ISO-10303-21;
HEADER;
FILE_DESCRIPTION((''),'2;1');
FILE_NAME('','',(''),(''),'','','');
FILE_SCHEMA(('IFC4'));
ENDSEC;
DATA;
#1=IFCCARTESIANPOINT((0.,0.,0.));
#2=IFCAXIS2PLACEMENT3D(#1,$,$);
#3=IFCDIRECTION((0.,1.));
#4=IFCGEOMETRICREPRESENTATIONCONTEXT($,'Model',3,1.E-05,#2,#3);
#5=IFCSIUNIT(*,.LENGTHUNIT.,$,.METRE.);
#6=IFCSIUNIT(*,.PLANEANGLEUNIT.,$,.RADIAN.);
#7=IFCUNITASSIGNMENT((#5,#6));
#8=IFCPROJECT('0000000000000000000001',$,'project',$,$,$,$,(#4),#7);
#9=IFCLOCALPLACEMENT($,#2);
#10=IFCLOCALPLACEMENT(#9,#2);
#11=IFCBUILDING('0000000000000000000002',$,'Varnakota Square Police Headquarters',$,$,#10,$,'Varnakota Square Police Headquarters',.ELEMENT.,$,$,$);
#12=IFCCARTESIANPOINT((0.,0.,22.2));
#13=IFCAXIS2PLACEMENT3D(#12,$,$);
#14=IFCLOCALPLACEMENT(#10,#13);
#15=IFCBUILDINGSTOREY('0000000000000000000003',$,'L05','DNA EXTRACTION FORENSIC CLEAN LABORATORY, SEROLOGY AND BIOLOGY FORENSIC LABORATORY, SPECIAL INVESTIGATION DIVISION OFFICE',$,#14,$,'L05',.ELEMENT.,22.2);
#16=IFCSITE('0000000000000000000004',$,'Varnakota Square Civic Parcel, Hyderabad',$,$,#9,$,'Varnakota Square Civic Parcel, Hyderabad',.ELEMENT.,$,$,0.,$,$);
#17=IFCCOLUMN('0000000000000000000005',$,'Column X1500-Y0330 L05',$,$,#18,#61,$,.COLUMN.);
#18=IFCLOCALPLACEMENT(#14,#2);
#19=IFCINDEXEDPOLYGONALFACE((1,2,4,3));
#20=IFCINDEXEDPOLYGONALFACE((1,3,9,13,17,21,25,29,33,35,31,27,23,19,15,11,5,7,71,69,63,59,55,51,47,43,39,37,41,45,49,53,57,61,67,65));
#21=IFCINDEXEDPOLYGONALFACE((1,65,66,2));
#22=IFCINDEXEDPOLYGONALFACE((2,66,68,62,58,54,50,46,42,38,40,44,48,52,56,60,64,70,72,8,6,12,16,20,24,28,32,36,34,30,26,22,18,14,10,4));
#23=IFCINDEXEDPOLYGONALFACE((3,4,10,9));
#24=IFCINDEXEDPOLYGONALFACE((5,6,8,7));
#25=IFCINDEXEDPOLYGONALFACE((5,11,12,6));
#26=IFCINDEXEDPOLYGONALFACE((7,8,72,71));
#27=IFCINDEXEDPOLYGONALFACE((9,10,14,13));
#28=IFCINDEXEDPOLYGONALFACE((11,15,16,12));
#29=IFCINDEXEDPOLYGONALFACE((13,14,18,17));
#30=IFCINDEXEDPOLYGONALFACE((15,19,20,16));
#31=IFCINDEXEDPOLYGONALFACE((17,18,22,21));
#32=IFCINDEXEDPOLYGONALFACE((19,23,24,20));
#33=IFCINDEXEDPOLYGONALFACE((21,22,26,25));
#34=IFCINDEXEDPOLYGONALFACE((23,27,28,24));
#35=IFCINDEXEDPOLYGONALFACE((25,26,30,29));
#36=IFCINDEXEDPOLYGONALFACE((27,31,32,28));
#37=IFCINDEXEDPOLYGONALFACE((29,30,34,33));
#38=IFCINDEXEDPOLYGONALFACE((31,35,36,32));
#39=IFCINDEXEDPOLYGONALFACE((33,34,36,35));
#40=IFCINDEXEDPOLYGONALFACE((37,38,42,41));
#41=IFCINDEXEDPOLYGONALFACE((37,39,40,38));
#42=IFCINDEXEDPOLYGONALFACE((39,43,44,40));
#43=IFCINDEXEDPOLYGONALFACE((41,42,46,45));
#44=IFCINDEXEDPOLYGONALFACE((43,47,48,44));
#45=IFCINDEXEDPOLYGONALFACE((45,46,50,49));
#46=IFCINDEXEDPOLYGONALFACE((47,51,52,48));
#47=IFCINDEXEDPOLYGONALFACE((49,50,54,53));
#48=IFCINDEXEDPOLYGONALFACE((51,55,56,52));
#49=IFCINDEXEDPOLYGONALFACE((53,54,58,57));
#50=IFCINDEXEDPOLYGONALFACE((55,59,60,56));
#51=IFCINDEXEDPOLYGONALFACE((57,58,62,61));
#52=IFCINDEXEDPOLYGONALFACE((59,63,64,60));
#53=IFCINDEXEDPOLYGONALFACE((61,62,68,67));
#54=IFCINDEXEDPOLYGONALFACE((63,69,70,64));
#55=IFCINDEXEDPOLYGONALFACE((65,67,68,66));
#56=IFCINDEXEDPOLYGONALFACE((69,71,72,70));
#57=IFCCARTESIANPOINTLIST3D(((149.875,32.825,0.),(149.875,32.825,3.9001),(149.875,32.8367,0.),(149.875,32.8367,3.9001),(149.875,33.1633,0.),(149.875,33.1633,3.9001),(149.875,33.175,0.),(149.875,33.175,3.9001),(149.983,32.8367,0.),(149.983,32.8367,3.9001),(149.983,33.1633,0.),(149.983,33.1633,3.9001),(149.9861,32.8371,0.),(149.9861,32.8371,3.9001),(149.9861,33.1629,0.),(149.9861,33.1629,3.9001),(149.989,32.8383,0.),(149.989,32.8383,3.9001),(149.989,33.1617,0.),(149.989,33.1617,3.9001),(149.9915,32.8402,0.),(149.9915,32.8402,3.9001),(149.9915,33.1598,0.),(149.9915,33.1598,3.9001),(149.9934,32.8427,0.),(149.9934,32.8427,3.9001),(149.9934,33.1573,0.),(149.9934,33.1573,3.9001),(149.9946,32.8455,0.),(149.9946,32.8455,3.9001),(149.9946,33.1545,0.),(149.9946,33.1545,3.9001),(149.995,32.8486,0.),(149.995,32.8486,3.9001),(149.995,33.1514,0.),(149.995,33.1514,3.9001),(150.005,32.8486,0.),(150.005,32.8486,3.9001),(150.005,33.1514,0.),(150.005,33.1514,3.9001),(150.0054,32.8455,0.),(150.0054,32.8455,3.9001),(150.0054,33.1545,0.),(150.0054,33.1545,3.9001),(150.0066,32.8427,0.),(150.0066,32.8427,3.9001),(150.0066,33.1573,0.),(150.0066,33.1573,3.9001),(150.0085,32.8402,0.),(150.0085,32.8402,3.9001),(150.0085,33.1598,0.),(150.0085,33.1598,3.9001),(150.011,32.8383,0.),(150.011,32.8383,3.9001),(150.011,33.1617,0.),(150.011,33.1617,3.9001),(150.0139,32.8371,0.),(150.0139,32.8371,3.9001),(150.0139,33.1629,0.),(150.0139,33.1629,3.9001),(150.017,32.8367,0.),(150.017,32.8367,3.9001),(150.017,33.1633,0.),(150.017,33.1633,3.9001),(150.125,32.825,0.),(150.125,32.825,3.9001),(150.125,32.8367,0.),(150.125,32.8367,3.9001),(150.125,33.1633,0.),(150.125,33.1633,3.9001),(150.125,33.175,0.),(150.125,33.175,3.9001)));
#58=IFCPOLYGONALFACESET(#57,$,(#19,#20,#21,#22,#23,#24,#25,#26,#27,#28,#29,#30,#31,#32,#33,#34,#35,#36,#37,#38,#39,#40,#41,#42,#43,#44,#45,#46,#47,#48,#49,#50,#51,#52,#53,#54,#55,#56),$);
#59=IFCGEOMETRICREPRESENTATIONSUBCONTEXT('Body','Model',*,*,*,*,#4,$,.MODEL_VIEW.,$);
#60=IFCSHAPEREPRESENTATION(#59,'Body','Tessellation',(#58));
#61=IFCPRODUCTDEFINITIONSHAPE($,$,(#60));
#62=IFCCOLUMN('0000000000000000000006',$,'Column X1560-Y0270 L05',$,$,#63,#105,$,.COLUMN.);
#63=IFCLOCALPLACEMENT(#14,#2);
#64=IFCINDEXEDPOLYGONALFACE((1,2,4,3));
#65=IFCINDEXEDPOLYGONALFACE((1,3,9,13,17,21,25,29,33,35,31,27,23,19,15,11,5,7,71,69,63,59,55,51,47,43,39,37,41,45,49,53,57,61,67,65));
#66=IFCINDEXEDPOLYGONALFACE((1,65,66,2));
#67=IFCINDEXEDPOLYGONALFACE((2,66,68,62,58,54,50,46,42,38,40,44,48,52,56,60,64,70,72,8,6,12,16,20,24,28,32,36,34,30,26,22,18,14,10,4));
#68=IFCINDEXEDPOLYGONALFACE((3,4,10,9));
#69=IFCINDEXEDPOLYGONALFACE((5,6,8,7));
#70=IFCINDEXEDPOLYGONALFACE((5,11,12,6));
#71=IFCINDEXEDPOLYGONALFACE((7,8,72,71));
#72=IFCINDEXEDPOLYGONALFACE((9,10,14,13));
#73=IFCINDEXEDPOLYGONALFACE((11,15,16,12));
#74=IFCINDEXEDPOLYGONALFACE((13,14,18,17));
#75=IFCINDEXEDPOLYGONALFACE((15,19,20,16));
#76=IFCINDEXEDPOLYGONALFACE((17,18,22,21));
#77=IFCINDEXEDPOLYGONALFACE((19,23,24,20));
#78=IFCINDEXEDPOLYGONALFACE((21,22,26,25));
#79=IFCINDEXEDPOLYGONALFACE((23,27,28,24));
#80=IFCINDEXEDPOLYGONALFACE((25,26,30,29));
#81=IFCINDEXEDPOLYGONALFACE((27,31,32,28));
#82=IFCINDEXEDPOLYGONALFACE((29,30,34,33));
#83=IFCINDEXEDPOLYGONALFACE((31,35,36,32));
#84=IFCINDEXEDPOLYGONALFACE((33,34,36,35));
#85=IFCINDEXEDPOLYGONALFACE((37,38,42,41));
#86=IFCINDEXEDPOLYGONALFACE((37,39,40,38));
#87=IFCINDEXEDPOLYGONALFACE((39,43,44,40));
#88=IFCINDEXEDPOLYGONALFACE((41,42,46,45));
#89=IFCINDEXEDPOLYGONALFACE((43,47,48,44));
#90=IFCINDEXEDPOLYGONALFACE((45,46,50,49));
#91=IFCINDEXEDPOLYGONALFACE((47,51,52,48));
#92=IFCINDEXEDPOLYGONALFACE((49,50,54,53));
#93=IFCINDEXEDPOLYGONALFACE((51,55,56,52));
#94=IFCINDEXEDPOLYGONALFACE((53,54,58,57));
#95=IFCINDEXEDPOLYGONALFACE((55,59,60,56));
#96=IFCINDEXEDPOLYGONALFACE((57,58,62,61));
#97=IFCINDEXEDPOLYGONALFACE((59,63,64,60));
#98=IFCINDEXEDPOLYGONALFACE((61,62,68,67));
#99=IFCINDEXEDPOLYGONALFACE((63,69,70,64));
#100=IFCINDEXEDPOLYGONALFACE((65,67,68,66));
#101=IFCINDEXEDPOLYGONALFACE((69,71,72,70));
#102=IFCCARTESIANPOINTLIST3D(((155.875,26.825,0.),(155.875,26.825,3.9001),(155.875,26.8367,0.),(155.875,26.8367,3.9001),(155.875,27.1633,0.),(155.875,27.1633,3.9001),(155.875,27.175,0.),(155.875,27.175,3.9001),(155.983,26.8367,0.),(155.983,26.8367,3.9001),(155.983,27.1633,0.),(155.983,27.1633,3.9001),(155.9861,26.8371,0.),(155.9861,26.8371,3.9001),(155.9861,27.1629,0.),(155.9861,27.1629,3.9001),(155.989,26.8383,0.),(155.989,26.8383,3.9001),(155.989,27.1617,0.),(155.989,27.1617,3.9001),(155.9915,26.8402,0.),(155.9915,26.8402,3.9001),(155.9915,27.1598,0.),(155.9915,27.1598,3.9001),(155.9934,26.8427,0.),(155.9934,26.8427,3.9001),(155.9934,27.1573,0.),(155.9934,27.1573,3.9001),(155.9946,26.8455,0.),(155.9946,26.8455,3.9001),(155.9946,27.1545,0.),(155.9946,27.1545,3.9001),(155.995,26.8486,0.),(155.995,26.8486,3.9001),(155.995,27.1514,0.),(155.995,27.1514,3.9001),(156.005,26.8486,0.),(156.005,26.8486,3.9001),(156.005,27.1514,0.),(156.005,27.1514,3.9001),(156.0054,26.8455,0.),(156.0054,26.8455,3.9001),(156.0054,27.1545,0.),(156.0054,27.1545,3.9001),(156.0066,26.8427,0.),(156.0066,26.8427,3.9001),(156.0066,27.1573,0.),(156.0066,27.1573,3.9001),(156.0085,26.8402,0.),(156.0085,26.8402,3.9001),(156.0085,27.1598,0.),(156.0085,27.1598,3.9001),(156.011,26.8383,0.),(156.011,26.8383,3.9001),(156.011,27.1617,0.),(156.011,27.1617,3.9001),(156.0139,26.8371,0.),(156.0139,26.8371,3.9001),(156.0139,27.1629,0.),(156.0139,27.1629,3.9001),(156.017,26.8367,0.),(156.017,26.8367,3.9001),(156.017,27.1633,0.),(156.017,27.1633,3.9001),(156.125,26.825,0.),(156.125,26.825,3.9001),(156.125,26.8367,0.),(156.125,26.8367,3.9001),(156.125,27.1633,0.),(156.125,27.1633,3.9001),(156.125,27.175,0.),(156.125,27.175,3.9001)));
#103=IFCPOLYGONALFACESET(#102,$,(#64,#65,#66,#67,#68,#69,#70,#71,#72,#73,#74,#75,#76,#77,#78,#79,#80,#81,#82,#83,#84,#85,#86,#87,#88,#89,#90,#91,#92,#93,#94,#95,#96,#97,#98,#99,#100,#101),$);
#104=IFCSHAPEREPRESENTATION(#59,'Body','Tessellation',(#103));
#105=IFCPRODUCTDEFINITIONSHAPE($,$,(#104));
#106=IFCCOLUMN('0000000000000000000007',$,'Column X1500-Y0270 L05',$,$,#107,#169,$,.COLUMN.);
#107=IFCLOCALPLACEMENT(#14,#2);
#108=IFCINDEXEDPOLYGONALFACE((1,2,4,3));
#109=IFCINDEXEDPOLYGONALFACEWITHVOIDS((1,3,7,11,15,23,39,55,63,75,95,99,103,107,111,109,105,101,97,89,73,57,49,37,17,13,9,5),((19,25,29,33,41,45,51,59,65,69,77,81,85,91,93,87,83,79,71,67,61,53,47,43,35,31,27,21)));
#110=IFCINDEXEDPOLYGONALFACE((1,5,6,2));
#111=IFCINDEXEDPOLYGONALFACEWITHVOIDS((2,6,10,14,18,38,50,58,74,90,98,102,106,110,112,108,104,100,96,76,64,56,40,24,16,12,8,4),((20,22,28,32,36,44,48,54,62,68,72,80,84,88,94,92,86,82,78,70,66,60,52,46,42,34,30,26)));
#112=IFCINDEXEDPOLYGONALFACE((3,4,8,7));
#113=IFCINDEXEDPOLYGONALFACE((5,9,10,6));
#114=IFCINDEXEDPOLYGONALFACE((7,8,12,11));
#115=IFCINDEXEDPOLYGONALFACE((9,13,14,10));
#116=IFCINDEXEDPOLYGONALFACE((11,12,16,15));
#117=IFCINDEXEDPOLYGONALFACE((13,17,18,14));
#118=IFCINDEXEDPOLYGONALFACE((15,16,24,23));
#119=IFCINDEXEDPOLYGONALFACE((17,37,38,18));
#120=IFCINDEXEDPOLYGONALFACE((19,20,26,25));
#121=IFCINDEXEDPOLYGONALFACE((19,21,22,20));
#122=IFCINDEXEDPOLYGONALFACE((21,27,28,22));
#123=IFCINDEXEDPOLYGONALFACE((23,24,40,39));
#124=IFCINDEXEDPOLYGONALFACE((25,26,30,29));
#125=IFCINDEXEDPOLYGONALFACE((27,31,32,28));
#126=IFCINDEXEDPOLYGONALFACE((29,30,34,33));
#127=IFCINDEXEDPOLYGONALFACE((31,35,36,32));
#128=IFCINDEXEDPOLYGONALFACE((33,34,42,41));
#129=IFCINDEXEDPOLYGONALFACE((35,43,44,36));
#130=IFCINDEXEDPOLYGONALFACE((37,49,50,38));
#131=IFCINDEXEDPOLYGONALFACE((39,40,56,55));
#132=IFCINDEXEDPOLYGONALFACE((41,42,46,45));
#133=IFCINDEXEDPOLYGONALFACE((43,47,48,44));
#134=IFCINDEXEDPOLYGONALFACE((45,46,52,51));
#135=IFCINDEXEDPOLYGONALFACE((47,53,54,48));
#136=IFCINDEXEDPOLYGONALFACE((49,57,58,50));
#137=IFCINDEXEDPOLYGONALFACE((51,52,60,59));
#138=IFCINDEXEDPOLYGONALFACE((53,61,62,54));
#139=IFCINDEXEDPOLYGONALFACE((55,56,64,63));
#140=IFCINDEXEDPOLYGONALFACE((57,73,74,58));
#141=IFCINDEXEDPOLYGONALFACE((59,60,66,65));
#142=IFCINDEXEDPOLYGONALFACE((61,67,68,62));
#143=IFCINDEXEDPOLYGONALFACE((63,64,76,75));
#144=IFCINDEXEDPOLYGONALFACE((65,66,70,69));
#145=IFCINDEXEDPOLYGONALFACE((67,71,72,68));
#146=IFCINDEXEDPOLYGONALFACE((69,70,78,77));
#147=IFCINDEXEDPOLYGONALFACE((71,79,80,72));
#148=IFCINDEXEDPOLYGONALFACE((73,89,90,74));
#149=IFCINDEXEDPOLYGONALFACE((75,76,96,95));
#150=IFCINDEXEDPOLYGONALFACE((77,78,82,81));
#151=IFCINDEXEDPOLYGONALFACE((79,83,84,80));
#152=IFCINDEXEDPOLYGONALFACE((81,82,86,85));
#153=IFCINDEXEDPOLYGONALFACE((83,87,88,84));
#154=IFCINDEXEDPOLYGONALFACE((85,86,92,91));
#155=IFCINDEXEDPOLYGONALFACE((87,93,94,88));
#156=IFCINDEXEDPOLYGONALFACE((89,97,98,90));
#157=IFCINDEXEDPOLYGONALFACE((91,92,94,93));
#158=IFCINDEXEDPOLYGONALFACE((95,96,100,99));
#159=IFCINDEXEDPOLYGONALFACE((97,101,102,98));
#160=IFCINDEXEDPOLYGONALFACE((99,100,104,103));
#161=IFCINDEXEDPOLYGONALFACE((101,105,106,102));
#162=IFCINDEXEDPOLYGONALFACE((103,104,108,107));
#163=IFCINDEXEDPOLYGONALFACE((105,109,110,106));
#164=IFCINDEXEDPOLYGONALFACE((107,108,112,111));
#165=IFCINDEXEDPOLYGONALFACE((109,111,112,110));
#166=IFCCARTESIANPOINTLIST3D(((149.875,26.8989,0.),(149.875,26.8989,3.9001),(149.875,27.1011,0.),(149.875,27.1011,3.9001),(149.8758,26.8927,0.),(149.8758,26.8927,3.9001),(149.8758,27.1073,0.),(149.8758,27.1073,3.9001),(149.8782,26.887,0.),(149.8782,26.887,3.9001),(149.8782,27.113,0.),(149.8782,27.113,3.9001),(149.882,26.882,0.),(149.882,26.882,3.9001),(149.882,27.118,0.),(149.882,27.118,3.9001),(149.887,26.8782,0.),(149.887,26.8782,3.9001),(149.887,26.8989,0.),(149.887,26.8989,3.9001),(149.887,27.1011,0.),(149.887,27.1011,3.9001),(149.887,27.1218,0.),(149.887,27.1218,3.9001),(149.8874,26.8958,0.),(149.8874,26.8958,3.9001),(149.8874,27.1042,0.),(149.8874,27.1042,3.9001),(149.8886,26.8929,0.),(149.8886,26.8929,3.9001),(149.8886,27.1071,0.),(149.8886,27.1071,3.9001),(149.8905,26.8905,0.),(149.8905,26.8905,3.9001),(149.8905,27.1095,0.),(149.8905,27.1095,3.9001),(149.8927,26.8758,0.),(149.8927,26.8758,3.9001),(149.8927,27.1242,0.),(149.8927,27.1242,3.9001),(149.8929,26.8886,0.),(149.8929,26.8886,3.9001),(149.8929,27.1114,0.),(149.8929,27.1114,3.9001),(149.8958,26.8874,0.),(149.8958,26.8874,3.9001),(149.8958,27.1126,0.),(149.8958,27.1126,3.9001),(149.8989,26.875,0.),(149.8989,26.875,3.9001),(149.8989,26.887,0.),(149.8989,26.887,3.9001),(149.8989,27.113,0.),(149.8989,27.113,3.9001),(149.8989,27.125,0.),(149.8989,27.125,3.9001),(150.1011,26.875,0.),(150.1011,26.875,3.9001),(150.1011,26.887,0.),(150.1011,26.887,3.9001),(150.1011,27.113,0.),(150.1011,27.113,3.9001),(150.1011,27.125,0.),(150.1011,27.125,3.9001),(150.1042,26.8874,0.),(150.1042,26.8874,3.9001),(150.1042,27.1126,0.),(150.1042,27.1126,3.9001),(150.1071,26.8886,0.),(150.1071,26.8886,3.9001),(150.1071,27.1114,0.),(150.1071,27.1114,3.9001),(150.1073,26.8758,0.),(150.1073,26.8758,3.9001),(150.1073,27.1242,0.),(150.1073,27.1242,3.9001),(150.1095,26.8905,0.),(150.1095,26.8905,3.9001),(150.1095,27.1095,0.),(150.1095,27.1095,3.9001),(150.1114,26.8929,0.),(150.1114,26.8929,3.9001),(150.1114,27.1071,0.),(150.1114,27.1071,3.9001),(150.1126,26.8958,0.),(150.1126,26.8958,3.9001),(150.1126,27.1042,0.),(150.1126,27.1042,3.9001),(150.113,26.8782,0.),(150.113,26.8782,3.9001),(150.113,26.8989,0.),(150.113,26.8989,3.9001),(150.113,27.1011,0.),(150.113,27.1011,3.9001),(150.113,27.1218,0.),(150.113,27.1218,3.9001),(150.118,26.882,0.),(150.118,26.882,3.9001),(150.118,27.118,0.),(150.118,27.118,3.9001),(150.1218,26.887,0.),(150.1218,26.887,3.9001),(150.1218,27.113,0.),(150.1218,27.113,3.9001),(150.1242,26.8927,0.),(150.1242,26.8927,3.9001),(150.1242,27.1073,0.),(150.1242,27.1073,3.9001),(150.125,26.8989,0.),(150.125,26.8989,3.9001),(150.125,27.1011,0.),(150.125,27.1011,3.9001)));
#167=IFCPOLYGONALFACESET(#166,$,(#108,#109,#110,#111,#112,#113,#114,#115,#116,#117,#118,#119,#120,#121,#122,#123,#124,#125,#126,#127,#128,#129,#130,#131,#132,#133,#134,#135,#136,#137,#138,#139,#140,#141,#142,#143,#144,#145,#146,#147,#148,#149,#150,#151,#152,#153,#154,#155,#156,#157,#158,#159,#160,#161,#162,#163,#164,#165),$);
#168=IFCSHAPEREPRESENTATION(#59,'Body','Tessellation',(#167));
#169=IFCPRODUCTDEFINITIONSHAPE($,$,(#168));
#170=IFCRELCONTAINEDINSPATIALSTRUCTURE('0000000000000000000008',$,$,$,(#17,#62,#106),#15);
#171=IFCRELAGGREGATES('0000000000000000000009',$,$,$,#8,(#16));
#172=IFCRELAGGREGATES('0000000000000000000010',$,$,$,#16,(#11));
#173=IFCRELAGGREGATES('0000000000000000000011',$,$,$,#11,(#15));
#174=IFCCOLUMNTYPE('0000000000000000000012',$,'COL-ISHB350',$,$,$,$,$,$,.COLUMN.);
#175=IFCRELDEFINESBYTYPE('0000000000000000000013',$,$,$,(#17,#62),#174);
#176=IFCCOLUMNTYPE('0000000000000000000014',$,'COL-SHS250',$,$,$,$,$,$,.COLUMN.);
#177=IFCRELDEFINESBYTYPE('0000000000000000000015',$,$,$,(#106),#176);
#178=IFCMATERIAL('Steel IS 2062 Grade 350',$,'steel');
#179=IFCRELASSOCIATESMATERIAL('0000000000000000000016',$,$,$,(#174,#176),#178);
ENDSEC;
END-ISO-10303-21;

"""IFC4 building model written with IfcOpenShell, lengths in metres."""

from ifc_helpers import new_model, si_unit, direction, frame, origin, origin_2d, place, context, subcontext, project, spatial, hollow_rectangle, i_section, extrude, material, material_profile, profile_set, type_object, element, save


model = new_model("IFC4")

# Units and contexts
model_context = context("Model", 3, precision=1e-05, world=origin(), true_north=direction((0.0, 1.0)))
body_context = subcontext(model_context, "Body", "Model", "MODEL_VIEW")
ifc_project = project(units=[si_unit("LENGTHUNIT", "METRE"), si_unit("PLANEANGLEUNIT", "RADIAN")], contexts=[model_context])

# Site, building, storey
site_placement = place(None, origin())
site = spatial("IfcSite", under=ifc_project, at=site_placement, Name="Varnakota Square Civic Parcel, Hyderabad", LongName="Varnakota Square Civic Parcel, Hyderabad", CompositionType="ELEMENT", RefElevation=0.0)
building_placement = place(site_placement, origin())
building = spatial("IfcBuilding", under=site, at=building_placement, Name="Varnakota Square Police Headquarters", LongName="Varnakota Square Police Headquarters", CompositionType="ELEMENT")
storey_placement = place(building_placement, frame((0.0, 0.0, 22.2)))
storey = spatial("IfcBuildingStorey", under=building, at=storey_placement, Name="L05", Description="DNA EXTRACTION FORENSIC CLEAN LABORATORY, SEROLOGY AND BIOLOGY FORENSIC LABORATORY, SPECIAL INVESTIGATION DIVISION OFFICE", LongName="L05", CompositionType="ELEMENT", Elevation=22.2)

# Columns
ifc_material_1 = material(Name="Steel IS 2062 Grade 350", Category="steel")
ifc_material_profile_1 = material_profile(ifc_material_1, i_section(OverallWidth=0.25, OverallDepth=0.3501, WebThickness=0.01, FlangeThickness=0.0117, FilletRadius=0.012, at=origin_2d()), Name="ISHB 350")
ifc_profile_set_1 = profile_set([ifc_material_profile_1], Name="Steel IS 2062 Grade 350")
column_type_1 = type_object("IfcColumnType", Name="COL-ISHB350", PredefinedType="COLUMN", material=ifc_profile_set_1)
for number, where, z_axis, x_axis, name in (
    (1, (150.0, 33.0, 0.0), (0.0, 0.0, 1.0), (1.0, 0.0, 0.0), "Column X1500-Y0330 L05"),
    (2, (156.0, 27.0, 0.0), (0.0, 0.0, 1.0), (1.0, 0.0, 0.0), "Column X1560-Y0270 L05"),
):
    element("IfcColumn", number, at=place(storey_placement, frame(where, z_axis=z_axis, x_axis=x_axis)), inside=storey, type_object=column_type_1, Name=name, PredefinedType="COLUMN", context=body_context, shape_type="SweptSolid", body=[
        extrude(i_section(OverallWidth=0.25, OverallDepth=0.3501, WebThickness=0.01, FlangeThickness=0.0117, FilletRadius=0.012, at=origin_2d()), origin(), (0.0, 0.0, 1.0), 3.9001),
    ])
ifc_material_profile_2 = material_profile(ifc_material_1, hollow_rectangle(XDim=0.25, YDim=0.25, WallThickness=0.012, InnerFilletRadius=0.012, OuterFilletRadius=0.0239, at=origin_2d()), Name="SHS 250x250x12")
ifc_profile_set_2 = profile_set([ifc_material_profile_2], Name="Steel IS 2062 Grade 350")
column_type_2 = type_object("IfcColumnType", Name="COL-SHS250", PredefinedType="COLUMN", material=ifc_profile_set_2)
column_placement = place(storey_placement, frame((150.0, 27.0, 0.0), z_axis=(0.0, 0.0, 1.0), x_axis=(1.0, 0.0, 0.0)))
element("IfcColumn", 3, at=column_placement, inside=storey, type_object=column_type_2, Name="Column X1500-Y0270 L05", PredefinedType="COLUMN", context=body_context, shape_type="SweptSolid", body=[
    extrude(hollow_rectangle(XDim=0.25, YDim=0.25, WallThickness=0.012, InnerFilletRadius=0.012, OuterFilletRadius=0.0239, at=origin_2d()), origin(), (0.0, 0.0, 1.0), 3.9001),
])

save(model, "model.ifc")
